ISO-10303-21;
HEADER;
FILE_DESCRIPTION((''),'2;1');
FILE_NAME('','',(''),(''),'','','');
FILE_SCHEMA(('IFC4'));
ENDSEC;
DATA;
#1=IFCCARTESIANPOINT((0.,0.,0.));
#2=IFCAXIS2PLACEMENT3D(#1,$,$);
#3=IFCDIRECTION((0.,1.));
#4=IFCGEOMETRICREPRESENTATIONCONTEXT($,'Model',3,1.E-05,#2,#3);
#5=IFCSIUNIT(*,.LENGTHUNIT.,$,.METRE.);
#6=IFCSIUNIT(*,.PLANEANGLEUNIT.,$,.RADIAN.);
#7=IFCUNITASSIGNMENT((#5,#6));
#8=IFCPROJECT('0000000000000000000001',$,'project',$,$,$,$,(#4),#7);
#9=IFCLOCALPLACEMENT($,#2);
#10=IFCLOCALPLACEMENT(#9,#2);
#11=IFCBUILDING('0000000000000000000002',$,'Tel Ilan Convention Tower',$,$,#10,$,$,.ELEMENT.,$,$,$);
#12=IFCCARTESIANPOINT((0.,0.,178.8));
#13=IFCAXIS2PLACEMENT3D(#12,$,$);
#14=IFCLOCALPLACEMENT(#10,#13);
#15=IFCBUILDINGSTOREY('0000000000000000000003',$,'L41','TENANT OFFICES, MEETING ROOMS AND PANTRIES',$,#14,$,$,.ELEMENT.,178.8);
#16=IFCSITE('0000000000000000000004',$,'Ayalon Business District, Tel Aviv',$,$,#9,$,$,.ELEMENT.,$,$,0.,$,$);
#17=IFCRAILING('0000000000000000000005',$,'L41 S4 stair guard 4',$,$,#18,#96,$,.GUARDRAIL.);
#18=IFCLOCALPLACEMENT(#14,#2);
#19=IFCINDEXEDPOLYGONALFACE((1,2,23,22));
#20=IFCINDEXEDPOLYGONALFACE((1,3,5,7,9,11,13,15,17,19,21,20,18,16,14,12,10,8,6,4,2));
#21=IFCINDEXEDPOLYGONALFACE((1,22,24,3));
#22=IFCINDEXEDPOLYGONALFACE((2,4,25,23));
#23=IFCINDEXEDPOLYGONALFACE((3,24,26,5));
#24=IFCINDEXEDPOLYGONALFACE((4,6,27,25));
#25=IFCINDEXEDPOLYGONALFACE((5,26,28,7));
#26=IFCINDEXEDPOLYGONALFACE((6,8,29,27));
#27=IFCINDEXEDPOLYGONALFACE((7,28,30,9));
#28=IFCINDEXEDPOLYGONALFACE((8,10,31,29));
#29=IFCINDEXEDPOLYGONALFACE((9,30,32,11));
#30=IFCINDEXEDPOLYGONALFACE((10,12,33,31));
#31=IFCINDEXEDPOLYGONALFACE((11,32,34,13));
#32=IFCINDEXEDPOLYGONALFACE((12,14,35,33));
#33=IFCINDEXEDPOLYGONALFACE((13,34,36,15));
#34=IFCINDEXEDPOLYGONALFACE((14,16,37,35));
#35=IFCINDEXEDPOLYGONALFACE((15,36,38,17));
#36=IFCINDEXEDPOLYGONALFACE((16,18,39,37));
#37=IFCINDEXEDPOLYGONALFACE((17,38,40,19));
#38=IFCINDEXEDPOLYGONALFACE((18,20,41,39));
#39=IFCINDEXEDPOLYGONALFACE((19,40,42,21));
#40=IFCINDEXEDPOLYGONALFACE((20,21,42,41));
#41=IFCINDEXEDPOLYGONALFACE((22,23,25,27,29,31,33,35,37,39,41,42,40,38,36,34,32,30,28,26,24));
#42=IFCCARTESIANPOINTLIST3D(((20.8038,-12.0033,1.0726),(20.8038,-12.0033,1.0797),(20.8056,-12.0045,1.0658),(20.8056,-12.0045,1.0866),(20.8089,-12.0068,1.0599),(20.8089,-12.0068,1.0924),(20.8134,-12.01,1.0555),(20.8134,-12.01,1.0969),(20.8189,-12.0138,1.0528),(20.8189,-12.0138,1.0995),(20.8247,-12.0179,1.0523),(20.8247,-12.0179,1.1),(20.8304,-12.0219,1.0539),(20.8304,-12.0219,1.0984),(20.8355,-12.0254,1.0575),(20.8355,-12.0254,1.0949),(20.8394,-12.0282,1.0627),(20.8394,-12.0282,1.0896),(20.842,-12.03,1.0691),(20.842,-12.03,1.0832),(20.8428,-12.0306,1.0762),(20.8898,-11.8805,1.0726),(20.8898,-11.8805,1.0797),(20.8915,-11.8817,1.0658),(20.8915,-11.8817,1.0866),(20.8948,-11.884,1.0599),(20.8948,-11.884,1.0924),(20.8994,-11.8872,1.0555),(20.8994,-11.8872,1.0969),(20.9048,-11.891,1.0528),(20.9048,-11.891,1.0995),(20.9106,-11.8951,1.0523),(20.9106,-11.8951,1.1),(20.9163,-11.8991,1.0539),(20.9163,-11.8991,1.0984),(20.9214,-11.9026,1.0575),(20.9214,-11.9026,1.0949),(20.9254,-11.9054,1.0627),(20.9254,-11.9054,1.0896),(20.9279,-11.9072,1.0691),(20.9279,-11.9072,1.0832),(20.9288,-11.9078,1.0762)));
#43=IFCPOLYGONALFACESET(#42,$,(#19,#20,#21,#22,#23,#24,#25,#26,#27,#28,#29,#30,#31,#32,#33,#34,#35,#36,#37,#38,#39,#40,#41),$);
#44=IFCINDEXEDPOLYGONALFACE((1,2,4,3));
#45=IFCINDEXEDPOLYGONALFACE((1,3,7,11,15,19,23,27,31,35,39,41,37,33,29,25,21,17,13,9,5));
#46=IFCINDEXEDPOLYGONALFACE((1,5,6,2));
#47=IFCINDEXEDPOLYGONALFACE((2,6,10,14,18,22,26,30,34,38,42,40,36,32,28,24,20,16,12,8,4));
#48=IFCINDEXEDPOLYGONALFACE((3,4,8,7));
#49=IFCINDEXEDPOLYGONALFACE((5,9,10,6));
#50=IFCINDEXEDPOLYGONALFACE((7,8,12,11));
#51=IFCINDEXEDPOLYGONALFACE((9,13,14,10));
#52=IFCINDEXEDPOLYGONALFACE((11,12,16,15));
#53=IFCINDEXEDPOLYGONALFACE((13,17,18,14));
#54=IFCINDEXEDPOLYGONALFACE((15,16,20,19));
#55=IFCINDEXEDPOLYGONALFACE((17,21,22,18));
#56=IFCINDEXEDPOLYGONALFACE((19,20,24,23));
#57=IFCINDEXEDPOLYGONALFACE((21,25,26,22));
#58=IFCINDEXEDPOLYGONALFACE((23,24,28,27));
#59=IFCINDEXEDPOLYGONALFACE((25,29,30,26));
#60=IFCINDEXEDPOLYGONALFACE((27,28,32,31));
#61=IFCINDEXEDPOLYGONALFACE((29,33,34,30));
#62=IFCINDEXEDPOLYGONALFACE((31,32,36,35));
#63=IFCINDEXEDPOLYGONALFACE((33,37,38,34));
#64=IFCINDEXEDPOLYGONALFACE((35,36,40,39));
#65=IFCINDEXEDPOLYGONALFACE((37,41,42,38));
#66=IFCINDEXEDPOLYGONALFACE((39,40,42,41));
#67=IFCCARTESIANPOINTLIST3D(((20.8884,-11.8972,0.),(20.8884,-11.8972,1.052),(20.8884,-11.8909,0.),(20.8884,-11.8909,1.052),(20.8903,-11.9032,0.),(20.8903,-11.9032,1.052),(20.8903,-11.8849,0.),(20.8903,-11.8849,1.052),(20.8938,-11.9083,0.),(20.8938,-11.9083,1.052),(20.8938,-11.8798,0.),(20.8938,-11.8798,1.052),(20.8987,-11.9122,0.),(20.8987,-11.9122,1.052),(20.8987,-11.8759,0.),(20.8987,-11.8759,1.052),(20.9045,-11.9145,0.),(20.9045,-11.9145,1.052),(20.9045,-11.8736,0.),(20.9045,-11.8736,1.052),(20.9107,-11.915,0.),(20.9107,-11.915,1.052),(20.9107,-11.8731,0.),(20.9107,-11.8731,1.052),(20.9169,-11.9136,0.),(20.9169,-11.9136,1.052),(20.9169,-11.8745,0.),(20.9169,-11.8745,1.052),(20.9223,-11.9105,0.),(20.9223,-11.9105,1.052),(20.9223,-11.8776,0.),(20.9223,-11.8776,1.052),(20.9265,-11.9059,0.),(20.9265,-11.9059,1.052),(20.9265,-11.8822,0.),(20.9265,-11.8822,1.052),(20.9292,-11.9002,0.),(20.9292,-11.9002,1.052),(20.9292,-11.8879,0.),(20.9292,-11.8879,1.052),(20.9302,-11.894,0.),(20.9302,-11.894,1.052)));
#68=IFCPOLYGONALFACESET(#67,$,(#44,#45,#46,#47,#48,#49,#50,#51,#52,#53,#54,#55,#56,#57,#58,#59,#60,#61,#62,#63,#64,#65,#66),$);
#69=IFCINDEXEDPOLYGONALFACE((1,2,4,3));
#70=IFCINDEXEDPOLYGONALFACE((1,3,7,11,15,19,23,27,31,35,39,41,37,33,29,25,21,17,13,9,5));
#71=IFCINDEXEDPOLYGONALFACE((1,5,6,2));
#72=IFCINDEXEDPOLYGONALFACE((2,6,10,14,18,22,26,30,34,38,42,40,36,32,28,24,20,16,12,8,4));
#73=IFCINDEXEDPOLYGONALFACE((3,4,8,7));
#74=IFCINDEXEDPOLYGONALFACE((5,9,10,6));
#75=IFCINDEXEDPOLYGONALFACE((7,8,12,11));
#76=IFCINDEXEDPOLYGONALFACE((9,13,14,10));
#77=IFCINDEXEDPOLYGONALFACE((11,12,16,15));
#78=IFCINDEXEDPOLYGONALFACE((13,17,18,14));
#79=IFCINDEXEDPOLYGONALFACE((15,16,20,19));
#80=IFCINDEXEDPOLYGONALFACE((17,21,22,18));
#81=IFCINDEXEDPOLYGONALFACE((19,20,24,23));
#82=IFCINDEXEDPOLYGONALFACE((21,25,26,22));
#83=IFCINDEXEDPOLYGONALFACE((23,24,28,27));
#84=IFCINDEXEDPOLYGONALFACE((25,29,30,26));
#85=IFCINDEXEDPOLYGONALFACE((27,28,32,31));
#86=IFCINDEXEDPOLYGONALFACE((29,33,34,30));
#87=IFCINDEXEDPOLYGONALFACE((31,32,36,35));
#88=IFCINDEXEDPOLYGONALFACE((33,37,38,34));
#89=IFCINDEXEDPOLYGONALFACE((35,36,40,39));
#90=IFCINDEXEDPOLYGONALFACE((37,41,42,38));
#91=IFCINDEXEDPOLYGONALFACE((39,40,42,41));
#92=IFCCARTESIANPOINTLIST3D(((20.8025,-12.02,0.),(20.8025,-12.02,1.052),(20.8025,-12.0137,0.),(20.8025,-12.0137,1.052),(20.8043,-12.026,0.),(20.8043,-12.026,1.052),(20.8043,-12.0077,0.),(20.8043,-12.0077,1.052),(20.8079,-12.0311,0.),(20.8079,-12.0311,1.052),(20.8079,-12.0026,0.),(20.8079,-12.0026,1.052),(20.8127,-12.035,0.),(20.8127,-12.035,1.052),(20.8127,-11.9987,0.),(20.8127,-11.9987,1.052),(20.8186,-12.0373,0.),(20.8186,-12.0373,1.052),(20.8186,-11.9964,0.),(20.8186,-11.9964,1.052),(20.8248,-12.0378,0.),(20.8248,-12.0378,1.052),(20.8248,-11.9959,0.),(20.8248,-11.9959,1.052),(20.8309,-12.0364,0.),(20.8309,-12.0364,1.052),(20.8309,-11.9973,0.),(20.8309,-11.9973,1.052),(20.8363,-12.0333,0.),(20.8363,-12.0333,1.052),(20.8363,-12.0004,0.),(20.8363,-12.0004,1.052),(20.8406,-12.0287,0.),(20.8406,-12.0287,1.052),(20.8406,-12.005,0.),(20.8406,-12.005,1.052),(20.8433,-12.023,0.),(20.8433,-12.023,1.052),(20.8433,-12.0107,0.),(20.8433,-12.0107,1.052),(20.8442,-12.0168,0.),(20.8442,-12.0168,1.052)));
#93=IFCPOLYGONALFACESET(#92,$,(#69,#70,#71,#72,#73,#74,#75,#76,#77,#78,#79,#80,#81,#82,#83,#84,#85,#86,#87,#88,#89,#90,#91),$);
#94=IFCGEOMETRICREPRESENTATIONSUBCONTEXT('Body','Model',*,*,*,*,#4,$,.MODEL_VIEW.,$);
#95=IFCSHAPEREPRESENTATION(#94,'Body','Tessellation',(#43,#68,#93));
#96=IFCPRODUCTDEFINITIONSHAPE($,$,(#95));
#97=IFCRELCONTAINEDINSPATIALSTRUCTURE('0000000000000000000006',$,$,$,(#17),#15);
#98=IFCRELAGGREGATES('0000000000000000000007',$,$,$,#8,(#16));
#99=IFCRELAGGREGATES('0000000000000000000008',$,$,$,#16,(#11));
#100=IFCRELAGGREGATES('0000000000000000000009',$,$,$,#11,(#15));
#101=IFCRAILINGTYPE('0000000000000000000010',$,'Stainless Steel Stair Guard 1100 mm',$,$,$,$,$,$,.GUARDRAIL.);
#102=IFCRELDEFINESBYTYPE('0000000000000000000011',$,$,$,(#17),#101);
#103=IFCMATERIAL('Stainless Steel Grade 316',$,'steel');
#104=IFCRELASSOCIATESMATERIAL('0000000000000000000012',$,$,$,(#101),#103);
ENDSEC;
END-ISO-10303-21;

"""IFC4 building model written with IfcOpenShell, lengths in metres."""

from ifc_helpers import new_model, si_unit, direction, frame, origin, origin_2d, place, context, subcontext, project, spatial, circle, extrude, material, type_object, element, save


model = new_model("IFC4")

# Units and contexts
model_context = context("Model", 3, precision=1e-05, world=origin(), true_north=direction((0.0, 1.0)))
body_context = subcontext(model_context, "Body", "Model", "MODEL_VIEW")
ifc_project = project(units=[si_unit("LENGTHUNIT", "METRE"), si_unit("PLANEANGLEUNIT", "RADIAN")], contexts=[model_context])

# Site, building, storey
site_placement = place(None, origin())
site = spatial("IfcSite", under=ifc_project, at=site_placement, Name="Ayalon Business District, Tel Aviv", CompositionType="ELEMENT", RefElevation=0.0)
building_placement = place(site_placement, origin())
building = spatial("IfcBuilding", under=site, at=building_placement, Name="Tel Ilan Convention Tower", CompositionType="ELEMENT")
storey_placement = place(building_placement, frame((0.0, 0.0, 178.8)))
storey = spatial("IfcBuildingStorey", under=building, at=storey_placement, Name="L41", Description="TENANT OFFICES, MEETING ROOMS AND PANTRIES", CompositionType="ELEMENT", Elevation=178.8)

# Railing
ifc_material_1 = material(Name="Stainless Steel Grade 316", Category="steel")
railing_type_1 = type_object("IfcRailingType", Name="Stainless Steel Stair Guard 1100 mm", PredefinedType="GUARDRAIL", material=ifc_material_1)
railing_1_placement = place(storey_placement, frame((20.9092, -11.894, 0.0)))
element("IfcRailing", 1, at=railing_1_placement, inside=storey, type_object=railing_type_1, Name="L41 S4 stair guard 4", PredefinedType="GUARDRAIL", context=body_context, shape_type="SweptSolid", body=[
    extrude(circle(Radius=0.0239, at=origin_2d()), frame((0.0, 0.0, 1.0762), z_axis=(-0.573353, -0.819308, 0.0), x_axis=(0.819308, -0.573353, 0.0)), (0.0, 0.0, 1.0), 0.1499),
    extrude(circle(Radius=0.021, at=origin_2d()), origin(), (0.0, 0.0, 1.0), 1.052),
    extrude(circle(Radius=0.021, at=origin_2d()), frame((-0.0859, -0.1228, 0.0)), (0.0, 0.0, 1.0), 1.052),
])

save(model, "model.ifc")
